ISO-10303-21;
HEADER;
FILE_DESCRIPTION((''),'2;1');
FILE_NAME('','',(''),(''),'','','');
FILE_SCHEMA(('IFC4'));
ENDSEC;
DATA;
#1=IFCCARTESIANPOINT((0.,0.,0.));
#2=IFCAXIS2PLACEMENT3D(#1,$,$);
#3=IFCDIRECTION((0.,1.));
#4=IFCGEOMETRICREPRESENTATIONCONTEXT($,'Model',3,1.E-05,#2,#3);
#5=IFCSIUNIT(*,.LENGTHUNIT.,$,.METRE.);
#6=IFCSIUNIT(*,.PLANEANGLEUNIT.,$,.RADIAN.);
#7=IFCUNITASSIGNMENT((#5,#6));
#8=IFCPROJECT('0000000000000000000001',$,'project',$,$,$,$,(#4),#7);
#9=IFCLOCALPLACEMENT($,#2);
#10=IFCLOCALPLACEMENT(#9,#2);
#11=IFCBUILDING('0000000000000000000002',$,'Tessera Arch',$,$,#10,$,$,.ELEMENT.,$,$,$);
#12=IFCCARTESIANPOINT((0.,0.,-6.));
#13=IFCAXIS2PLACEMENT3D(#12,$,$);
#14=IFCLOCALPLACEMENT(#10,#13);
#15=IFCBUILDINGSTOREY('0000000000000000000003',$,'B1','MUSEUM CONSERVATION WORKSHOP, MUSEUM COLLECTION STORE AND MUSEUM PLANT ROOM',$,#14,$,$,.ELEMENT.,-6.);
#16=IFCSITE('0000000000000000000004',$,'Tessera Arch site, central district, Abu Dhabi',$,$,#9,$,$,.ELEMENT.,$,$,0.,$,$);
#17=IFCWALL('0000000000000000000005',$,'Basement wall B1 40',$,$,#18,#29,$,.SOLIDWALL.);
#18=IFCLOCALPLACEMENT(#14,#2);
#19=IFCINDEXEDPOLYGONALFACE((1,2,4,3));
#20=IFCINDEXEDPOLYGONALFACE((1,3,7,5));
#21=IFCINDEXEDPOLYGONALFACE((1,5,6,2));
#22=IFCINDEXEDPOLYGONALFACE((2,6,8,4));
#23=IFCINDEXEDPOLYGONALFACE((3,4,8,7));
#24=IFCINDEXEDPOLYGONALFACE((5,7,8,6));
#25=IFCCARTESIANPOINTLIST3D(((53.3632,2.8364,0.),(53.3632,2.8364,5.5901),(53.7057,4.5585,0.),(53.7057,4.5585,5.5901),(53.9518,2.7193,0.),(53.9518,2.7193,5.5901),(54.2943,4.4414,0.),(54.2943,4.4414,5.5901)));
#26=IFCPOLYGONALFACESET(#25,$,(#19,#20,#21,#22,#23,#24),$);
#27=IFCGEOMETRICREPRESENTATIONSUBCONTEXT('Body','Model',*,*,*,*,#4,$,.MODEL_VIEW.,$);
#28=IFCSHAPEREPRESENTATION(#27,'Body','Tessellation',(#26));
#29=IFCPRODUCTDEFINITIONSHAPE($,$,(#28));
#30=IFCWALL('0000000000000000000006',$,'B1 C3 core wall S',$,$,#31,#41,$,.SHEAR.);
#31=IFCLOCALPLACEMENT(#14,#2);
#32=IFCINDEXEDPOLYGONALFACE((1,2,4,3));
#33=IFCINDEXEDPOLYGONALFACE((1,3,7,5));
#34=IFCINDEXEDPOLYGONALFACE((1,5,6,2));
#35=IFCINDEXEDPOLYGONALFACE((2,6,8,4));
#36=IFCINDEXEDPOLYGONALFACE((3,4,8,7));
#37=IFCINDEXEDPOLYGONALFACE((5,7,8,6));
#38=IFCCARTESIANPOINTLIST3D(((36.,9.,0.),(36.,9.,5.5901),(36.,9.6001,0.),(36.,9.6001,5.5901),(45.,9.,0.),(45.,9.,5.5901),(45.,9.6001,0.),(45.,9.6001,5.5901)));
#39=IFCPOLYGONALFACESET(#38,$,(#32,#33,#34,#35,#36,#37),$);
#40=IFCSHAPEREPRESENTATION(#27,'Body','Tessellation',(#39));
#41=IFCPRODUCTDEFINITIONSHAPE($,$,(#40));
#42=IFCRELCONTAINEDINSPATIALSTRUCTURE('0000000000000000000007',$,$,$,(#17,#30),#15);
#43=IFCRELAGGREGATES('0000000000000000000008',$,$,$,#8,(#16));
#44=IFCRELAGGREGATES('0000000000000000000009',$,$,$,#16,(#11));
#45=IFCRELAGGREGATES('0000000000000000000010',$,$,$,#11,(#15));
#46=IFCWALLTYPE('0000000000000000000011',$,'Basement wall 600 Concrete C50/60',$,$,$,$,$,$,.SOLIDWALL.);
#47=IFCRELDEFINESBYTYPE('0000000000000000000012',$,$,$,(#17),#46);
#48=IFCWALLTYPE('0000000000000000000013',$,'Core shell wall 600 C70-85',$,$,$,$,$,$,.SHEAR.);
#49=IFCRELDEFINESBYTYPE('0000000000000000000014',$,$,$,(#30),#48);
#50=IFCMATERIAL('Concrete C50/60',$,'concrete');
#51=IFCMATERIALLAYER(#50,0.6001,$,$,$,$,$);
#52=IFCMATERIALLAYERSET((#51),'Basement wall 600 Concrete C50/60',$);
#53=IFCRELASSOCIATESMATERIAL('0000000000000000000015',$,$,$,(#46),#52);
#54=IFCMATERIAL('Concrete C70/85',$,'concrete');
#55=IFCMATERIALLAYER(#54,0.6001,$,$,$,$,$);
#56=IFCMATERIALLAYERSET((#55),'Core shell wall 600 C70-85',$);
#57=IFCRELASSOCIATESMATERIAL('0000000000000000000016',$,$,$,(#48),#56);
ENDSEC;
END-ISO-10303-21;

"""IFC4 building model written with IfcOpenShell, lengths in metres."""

from ifc_helpers import new_model, si_unit, direction, frame, frame_2d, origin, place, context, subcontext, project, spatial, rectangle, extrude, material, layer, layer_set, type_object, element, save


model = new_model("IFC4")

# Units and contexts
model_context = context("Model", 3, precision=1e-05, world=origin(), true_north=direction((0.0, 1.0)))
body_context = subcontext(model_context, "Body", "Model", "MODEL_VIEW")
ifc_project = project(units=[si_unit("LENGTHUNIT", "METRE"), si_unit("PLANEANGLEUNIT", "RADIAN")], contexts=[model_context])

# Site, building, storey
site_placement = place(None, origin())
site = spatial("IfcSite", under=ifc_project, at=site_placement, Name="Tessera Arch site, central district, Abu Dhabi", CompositionType="ELEMENT", RefElevation=0.0)
building_placement = place(site_placement, origin())
building = spatial("IfcBuilding", under=site, at=building_placement, Name="Tessera Arch", CompositionType="ELEMENT")
storey_placement = place(building_placement, frame((0.0, 0.0, -6.0)))
storey = spatial("IfcBuildingStorey", under=building, at=storey_placement, Name="B1", Description="MUSEUM CONSERVATION WORKSHOP, MUSEUM COLLECTION STORE AND MUSEUM PLANT ROOM", CompositionType="ELEMENT", Elevation=-6.0)

# Walls
ifc_material_1 = material(Name="Concrete C50/60", Category="concrete")
ifc_layer_1 = layer(ifc_material_1, 0.6001)
ifc_layer_set_1 = layer_set([ifc_layer_1], Name="Basement wall 600 Concrete C50/60")
wall_type_1 = type_object("IfcWallType", Name="Basement wall 600 Concrete C50/60", PredefinedType="SOLIDWALL", material=ifc_layer_set_1)
wall_1_placement = place(storey_placement, frame((53.6575, 2.7778, 0.0), z_axis=(0.0, 0.0, 1.0), x_axis=(0.195073, 0.980789, 0.0)))
element("IfcWall", 1, at=wall_1_placement, inside=storey, type_object=wall_type_1, Name="Basement wall B1 40", PredefinedType="SOLIDWALL", context=body_context, shape_type="SweptSolid", body=[
    extrude(rectangle(XDim=1.7559, YDim=0.6001, at=frame_2d((0.8779, 0.0))), origin(), (0.0, 0.0, 1.0), 5.5901),
])
ifc_material_2 = material(Name="Concrete C70/85", Category="concrete")
ifc_layer_2 = layer(ifc_material_2, 0.6001)
ifc_layer_set_2 = layer_set([ifc_layer_2], Name="Core shell wall 600 C70-85")
wall_type_2 = type_object("IfcWallType", Name="Core shell wall 600 C70-85", PredefinedType="SHEAR", material=ifc_layer_set_2)
wall_2_placement = place(storey_placement, frame((36.0, 9.3, 0.0), z_axis=(0.0, 0.0, 1.0), x_axis=(1.0, 0.0, 0.0)))
element("IfcWall", 2, at=wall_2_placement, inside=storey, type_object=wall_type_2, Name="B1 C3 core wall S", PredefinedType="SHEAR", context=body_context, shape_type="SweptSolid", body=[
    extrude(rectangle(XDim=9.0, YDim=0.6001, at=frame_2d((4.5, 0.0))), origin(), (0.0, 0.0, 1.0), 5.5901),
])

save(model, "model.ifc")
